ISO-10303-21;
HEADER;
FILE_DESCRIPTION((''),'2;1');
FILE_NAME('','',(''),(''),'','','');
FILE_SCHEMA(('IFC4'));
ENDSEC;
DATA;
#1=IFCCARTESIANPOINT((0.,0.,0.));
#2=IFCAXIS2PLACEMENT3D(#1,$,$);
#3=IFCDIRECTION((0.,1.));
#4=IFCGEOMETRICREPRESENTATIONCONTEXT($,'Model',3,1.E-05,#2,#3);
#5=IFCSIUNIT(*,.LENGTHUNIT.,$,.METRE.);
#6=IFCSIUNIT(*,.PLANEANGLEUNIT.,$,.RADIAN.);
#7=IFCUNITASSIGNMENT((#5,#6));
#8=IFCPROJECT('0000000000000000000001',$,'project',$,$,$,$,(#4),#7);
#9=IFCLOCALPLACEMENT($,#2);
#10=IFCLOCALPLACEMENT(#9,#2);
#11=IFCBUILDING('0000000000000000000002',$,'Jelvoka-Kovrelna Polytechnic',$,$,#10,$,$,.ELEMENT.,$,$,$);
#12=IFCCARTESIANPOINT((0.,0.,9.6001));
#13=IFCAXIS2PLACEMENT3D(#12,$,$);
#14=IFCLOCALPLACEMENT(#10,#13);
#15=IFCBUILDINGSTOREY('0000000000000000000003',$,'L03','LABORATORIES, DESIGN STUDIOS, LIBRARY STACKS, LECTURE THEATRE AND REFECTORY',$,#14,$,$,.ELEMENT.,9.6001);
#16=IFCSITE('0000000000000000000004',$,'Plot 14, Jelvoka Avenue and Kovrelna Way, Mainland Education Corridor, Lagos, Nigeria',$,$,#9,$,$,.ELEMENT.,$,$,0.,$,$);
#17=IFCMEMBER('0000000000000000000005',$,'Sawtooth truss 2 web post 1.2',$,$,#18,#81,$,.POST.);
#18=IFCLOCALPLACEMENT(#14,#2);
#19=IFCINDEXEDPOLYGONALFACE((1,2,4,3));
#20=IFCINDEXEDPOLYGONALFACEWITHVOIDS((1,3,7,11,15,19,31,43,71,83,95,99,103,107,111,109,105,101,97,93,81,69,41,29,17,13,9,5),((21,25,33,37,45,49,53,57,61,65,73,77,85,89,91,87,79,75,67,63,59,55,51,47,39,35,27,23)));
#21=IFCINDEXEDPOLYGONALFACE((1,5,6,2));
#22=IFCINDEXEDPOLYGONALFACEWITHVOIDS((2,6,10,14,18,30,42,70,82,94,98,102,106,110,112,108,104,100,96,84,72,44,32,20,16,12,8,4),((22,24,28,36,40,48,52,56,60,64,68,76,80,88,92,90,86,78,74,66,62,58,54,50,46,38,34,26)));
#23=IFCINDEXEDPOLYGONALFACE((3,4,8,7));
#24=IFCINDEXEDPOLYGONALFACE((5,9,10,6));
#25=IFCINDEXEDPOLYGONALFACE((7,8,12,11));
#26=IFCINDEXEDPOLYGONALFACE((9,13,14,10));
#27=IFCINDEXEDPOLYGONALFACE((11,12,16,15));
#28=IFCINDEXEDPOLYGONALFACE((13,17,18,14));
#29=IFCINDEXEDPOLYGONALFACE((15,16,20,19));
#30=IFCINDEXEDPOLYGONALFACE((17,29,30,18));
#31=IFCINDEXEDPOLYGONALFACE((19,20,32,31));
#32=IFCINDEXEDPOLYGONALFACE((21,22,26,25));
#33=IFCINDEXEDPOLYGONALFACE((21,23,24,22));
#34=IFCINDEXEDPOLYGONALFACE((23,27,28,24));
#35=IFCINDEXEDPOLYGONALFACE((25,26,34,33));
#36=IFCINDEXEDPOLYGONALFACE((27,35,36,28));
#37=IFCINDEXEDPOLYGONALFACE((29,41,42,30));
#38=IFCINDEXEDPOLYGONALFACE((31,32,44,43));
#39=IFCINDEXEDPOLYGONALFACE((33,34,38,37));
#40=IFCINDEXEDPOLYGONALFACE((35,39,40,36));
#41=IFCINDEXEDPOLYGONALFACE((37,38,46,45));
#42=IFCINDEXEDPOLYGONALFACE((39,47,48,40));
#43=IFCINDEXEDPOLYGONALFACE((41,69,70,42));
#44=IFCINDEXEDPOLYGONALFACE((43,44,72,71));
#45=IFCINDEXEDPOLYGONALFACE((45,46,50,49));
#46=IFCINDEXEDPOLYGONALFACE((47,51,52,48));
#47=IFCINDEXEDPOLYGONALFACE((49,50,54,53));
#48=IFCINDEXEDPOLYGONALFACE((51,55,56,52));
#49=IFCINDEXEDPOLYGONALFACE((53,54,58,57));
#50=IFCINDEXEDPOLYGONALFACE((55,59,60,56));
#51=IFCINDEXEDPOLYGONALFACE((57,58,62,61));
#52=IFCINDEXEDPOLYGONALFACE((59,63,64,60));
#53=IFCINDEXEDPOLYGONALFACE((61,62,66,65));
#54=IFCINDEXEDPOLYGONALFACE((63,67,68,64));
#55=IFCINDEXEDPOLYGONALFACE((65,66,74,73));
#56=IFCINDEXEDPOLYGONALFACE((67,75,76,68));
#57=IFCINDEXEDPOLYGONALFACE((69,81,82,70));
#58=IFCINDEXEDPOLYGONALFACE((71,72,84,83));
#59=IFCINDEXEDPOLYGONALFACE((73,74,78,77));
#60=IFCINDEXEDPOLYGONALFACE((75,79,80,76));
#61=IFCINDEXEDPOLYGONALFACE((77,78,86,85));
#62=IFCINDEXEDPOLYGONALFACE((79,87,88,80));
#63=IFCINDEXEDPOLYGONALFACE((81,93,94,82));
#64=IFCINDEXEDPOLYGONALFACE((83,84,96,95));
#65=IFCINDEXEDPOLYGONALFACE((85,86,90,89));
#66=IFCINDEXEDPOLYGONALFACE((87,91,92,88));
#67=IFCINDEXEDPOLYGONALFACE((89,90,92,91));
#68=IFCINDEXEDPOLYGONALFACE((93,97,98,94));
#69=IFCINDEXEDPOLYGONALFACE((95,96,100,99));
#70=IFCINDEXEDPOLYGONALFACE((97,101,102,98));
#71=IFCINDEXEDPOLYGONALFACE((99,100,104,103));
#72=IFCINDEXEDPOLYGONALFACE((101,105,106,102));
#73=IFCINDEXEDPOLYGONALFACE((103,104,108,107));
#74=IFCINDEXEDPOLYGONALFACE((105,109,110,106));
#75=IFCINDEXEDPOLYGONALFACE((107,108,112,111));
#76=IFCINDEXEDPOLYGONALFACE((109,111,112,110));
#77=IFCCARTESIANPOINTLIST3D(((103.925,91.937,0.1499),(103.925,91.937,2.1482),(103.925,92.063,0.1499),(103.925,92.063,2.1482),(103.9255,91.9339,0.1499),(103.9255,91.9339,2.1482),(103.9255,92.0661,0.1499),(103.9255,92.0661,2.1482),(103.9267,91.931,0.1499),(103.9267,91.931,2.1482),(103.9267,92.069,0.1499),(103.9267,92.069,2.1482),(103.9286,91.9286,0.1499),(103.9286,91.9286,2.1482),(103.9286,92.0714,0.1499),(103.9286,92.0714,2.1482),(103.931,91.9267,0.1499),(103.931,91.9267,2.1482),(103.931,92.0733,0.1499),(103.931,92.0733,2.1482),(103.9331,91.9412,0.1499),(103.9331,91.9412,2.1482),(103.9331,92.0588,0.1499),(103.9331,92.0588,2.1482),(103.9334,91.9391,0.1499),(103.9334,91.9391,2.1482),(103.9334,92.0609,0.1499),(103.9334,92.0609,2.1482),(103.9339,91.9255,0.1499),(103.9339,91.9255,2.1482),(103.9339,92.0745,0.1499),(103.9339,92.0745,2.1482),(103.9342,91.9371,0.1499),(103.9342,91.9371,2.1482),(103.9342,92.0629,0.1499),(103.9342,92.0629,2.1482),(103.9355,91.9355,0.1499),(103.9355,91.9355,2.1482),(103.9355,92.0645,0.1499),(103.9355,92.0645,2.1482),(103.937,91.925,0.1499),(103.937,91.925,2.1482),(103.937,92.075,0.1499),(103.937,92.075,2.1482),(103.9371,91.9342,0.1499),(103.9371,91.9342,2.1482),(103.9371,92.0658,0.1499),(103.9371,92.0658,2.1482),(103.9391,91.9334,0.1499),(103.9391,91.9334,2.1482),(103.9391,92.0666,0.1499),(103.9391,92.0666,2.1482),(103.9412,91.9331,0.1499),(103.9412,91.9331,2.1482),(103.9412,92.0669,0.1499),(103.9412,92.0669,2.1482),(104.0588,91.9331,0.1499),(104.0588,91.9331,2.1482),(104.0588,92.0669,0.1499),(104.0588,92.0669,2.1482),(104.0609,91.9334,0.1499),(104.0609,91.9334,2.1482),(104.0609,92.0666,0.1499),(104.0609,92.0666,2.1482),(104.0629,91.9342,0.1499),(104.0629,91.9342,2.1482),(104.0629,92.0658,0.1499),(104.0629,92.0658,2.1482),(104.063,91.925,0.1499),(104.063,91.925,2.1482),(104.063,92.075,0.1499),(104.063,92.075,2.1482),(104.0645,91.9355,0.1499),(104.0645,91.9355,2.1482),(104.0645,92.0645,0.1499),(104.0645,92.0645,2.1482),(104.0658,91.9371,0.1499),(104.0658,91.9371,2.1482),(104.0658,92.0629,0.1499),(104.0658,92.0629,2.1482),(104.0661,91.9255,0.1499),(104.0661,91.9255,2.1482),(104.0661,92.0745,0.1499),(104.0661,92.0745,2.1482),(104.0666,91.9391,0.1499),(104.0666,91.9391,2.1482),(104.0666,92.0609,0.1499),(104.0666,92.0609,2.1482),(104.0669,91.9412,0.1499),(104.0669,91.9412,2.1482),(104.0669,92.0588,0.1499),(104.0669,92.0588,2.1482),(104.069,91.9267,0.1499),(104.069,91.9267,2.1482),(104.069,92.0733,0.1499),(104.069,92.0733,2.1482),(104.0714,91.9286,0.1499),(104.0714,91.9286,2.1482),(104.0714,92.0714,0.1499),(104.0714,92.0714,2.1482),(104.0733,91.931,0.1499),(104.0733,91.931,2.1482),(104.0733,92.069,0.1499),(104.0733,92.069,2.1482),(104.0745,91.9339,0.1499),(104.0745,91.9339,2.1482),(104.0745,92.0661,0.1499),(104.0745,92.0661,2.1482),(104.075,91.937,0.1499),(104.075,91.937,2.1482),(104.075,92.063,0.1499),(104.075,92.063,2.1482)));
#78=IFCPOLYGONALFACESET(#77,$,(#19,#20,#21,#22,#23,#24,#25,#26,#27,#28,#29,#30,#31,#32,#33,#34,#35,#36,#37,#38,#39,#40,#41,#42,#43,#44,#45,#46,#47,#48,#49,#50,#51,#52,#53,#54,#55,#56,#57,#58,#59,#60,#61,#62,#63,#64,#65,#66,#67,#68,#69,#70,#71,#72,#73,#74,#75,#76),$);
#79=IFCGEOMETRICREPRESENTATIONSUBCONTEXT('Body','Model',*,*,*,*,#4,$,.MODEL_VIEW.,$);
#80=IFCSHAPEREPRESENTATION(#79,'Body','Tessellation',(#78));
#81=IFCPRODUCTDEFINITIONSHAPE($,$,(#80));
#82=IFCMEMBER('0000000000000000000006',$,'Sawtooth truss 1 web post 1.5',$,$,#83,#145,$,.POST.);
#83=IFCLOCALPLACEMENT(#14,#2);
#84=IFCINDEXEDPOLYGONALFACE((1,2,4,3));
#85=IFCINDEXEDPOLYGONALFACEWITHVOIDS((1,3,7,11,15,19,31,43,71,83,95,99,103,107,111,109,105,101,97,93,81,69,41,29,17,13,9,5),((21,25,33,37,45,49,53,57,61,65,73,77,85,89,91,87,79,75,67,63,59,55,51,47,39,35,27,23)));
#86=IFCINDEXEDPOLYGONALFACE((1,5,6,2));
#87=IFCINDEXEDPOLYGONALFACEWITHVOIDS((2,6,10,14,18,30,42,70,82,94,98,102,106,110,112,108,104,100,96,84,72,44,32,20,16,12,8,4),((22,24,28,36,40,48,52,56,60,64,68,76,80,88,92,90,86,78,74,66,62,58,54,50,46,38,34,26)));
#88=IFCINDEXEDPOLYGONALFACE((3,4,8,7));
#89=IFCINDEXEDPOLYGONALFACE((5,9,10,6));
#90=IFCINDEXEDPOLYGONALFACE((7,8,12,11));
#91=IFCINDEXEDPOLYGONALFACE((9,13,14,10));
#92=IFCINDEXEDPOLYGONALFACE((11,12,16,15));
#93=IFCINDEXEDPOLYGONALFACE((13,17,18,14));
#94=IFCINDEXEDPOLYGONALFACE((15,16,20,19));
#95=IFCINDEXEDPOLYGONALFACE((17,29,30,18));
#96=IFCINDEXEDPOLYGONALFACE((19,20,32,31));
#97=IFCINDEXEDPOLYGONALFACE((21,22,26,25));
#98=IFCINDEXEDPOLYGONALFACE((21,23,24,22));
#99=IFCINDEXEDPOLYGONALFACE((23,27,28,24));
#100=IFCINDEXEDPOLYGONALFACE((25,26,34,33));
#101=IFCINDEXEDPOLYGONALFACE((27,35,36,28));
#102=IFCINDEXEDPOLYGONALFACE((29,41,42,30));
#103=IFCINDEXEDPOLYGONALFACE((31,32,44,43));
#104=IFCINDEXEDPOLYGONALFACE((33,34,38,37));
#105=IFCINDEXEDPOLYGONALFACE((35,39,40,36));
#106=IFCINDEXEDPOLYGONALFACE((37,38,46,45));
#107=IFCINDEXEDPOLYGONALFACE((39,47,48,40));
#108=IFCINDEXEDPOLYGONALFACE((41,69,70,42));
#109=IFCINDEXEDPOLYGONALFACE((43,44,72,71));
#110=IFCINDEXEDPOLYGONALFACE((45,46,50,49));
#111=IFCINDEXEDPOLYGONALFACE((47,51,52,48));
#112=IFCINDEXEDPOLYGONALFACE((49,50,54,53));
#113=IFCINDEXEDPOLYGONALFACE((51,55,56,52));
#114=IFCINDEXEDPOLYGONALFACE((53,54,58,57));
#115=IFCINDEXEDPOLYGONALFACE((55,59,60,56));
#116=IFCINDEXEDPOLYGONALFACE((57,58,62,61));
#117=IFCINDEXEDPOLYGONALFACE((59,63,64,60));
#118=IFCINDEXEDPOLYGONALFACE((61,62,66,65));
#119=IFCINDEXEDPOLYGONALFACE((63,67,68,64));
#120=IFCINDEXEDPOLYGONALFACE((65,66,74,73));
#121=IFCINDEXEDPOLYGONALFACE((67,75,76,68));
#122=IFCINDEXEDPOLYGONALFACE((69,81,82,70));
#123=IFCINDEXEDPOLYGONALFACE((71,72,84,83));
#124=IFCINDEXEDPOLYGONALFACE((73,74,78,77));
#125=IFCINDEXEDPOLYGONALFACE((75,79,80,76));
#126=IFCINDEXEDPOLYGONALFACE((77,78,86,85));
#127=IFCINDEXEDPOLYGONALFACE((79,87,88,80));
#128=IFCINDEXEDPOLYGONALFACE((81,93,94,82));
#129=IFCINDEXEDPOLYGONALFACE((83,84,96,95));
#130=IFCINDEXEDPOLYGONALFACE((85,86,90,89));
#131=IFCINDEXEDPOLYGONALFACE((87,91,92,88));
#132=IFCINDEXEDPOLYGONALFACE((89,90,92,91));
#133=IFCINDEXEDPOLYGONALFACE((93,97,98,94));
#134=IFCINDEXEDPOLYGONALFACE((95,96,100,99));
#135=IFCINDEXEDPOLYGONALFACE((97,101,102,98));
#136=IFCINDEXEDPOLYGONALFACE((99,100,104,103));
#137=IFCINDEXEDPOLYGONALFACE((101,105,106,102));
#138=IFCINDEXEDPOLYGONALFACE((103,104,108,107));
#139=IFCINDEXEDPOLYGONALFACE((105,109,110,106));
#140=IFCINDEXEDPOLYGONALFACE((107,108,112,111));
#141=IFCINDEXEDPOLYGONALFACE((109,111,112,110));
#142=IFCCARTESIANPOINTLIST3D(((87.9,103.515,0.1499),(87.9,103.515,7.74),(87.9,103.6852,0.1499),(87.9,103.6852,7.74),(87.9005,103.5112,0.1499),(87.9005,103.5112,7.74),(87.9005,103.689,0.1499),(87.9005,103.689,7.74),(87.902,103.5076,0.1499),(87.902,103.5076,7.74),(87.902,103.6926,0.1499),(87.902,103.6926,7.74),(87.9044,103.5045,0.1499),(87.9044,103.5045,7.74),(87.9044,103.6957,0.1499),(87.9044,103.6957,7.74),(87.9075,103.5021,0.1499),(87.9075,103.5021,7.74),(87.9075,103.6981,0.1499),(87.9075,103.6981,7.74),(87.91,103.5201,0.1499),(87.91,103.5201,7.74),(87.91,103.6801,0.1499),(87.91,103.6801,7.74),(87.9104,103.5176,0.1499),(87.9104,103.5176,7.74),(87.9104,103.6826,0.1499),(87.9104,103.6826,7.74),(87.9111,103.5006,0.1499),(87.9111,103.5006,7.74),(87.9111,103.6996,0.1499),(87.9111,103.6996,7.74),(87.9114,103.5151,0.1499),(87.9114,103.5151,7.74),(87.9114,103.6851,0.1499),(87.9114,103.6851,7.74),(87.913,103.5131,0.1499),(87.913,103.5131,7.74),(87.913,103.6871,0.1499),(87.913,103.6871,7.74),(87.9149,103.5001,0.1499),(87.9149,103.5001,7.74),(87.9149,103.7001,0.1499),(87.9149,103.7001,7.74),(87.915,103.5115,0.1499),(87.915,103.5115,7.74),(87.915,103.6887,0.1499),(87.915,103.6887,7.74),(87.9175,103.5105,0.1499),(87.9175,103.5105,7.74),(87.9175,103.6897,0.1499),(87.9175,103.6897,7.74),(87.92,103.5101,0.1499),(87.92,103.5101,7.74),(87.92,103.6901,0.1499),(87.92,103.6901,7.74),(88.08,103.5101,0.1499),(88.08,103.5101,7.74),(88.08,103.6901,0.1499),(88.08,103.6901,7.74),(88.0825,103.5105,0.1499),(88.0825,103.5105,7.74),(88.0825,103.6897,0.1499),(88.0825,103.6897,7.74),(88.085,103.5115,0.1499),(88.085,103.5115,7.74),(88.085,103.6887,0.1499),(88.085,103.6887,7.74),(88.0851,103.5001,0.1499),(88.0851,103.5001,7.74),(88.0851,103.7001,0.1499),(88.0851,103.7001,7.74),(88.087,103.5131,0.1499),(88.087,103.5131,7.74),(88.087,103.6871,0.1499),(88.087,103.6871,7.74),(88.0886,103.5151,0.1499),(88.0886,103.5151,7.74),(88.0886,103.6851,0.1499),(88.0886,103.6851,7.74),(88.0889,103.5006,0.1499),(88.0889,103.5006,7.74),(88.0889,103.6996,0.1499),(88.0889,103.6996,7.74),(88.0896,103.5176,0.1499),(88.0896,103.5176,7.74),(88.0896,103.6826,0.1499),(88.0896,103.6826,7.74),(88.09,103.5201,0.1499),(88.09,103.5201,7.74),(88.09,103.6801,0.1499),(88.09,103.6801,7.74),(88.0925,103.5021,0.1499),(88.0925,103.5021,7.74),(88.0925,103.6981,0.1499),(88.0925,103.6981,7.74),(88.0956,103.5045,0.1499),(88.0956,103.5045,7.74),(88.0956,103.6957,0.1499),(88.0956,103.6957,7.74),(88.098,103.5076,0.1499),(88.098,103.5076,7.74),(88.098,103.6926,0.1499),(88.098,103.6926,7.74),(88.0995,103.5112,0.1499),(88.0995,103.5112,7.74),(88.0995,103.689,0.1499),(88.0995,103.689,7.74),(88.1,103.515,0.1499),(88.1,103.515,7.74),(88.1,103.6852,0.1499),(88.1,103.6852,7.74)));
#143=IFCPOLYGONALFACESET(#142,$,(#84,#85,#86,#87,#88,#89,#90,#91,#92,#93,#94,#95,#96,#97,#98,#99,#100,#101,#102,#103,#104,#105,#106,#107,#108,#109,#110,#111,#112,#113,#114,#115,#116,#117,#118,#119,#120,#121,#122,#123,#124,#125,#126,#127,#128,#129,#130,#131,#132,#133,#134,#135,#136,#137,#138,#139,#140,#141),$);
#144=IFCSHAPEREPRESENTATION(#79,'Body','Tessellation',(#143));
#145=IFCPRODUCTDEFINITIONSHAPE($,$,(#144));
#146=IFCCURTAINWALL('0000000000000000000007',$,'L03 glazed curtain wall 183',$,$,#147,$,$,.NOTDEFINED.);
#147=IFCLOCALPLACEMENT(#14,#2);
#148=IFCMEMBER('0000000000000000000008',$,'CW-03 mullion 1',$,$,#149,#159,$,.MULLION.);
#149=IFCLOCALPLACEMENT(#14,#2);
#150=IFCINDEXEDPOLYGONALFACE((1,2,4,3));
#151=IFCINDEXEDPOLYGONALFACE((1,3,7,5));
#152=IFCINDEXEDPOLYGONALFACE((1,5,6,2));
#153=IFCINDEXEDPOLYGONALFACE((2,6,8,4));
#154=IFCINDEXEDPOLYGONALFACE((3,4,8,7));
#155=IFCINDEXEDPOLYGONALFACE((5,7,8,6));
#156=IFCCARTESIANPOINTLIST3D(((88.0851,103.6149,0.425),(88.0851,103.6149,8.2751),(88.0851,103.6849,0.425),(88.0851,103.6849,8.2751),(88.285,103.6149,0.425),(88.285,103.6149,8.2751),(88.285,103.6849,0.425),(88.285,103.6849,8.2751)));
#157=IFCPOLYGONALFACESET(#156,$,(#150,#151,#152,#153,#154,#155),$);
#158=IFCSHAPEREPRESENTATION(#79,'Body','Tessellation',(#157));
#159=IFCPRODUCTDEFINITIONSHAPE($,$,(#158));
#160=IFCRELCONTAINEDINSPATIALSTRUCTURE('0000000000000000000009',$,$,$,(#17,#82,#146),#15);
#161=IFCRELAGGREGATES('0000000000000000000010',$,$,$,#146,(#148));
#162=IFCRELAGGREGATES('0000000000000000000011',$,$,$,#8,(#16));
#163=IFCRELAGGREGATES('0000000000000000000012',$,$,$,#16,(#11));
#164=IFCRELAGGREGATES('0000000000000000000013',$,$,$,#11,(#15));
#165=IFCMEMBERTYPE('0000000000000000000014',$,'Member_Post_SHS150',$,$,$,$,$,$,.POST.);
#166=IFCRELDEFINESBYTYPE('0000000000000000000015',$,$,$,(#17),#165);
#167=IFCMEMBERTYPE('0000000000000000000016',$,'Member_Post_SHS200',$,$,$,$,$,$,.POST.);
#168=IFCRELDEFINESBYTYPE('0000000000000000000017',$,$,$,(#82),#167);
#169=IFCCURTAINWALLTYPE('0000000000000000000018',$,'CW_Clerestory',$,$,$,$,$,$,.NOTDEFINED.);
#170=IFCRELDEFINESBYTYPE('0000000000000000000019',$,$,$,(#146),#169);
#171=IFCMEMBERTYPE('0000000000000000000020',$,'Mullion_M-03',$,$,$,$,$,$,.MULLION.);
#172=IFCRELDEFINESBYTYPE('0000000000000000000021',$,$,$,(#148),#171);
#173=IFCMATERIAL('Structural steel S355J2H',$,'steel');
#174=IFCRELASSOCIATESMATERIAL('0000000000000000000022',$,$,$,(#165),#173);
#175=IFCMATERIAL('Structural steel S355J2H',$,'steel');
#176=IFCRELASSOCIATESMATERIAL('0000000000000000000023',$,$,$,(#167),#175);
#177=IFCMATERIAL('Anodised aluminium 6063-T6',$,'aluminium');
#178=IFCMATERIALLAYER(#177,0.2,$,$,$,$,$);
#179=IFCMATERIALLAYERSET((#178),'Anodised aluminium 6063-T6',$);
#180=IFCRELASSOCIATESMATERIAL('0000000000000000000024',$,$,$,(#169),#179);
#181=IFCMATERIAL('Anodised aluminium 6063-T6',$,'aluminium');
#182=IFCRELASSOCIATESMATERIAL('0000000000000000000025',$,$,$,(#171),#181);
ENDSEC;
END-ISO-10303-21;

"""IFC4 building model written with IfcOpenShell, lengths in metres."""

from ifc_helpers import new_model, si_unit, direction, frame, origin, origin_2d, place, context, subcontext, project, spatial, rectangle, hollow_rectangle, extrude, material, layer, layer_set, material_profile, profile_set, type_object, element, aggregate, save


model = new_model("IFC4")

# Units and contexts
model_context = context("Model", 3, precision=1e-05, world=origin(), true_north=direction((0.0, 1.0)))
body_context = subcontext(model_context, "Body", "Model", "MODEL_VIEW")
ifc_project = project(units=[si_unit("LENGTHUNIT", "METRE"), si_unit("PLANEANGLEUNIT", "RADIAN")], contexts=[model_context])

# Site, building, storey
site_placement = place(None, origin())
site = spatial("IfcSite", under=ifc_project, at=site_placement, Name="Plot 14, Jelvoka Avenue and Kovrelna Way, Mainland Education Corridor, Lagos, Nigeria", CompositionType="ELEMENT", RefElevation=0.0)
building_placement = place(site_placement, origin())
building = spatial("IfcBuilding", under=site, at=building_placement, Name="Jelvoka-Kovrelna Polytechnic", CompositionType="ELEMENT")
storey_placement = place(building_placement, frame((0.0, 0.0, 9.6001)))
storey = spatial("IfcBuildingStorey", under=building, at=storey_placement, Name="L03", Description="LABORATORIES, DESIGN STUDIOS, LIBRARY STACKS, LECTURE THEATRE AND REFECTORY", CompositionType="ELEMENT", Elevation=9.6001)

# Members
ifc_material_1 = material(Name="Structural steel S355J2H", Category="steel")
ifc_material_profile_1 = material_profile(ifc_material_1, hollow_rectangle(XDim=0.1499, YDim=0.1499, WallThickness=0.0081, InnerFilletRadius=0.0081, OuterFilletRadius=0.012, at=origin_2d()), Name="150x150x8.0 SHS")
ifc_profile_set_1 = profile_set([ifc_material_profile_1], Name="Structural steel S355J2H")
member_type_1 = type_object("IfcMemberType", Name="Member_Post_SHS150", PredefinedType="POST", material=ifc_profile_set_1)
member_1_placement = place(storey_placement, frame((104.0, 92.0, 0.1499), z_axis=(0.0, 0.0, 1.0), x_axis=(1.0, 0.0, 0.0)))
element("IfcMember", 1, at=member_1_placement, inside=storey, type_object=member_type_1, Name="Sawtooth truss 2 web post 1.2", PredefinedType="POST", context=body_context, shape_type="SweptSolid", body=[
    extrude(hollow_rectangle(XDim=0.1499, YDim=0.1499, WallThickness=0.0081, InnerFilletRadius=0.0081, OuterFilletRadius=0.012, at=origin_2d()), origin(), (0.0, 0.0, 1.0), 1.9983),
])
ifc_material_2 = material(Name="Structural steel S355J2H", Category="steel")
ifc_material_profile_2 = material_profile(ifc_material_2, hollow_rectangle(XDim=0.2, YDim=0.2, WallThickness=0.01, InnerFilletRadius=0.01, OuterFilletRadius=0.0149, at=origin_2d()), Name="200x200x10.0 SHS")
ifc_profile_set_2 = profile_set([ifc_material_profile_2], Name="Structural steel S355J2H")
member_type_2 = type_object("IfcMemberType", Name="Member_Post_SHS200", PredefinedType="POST", material=ifc_profile_set_2)
member_2_placement = place(storey_placement, frame((88.0, 103.6001, 0.1499), z_axis=(0.0, 0.0, 1.0), x_axis=(1.0, 0.0, 0.0)))
element("IfcMember", 2, at=member_2_placement, inside=storey, type_object=member_type_2, Name="Sawtooth truss 1 web post 1.5", PredefinedType="POST", context=body_context, shape_type="SweptSolid", body=[
    extrude(hollow_rectangle(XDim=0.2, YDim=0.2, WallThickness=0.01, InnerFilletRadius=0.01, OuterFilletRadius=0.0149, at=origin_2d()), origin(), (0.0, 0.0, 1.0), 7.5901),
])

# Curtain wall, member
ifc_material_3 = material(Name="Anodised aluminium 6063-T6", Category="aluminium")
ifc_layer_1 = layer(ifc_material_3, 0.2)
ifc_layer_set_1 = layer_set([ifc_layer_1], Name="Anodised aluminium 6063-T6")
curtain_wall_type = type_object("IfcCurtainWallType", Name="CW_Clerestory", PredefinedType="NOTDEFINED", material=ifc_layer_set_1)
curtain_wall_placement = place(storey_placement, origin())
curtain_wall = element("IfcCurtainWall", 3, at=curtain_wall_placement, inside=storey, type_object=curtain_wall_type, Name="L03 glazed curtain wall 183", PredefinedType="NOTDEFINED")
ifc_material_4 = material(Name="Anodised aluminium 6063-T6", Category="aluminium")
ifc_material_profile_3 = material_profile(ifc_material_4, rectangle(XDim=0.0701, YDim=0.2, at=origin_2d()), Name="ALU 70x200")
ifc_profile_set_3 = profile_set([ifc_material_profile_3], Name="Anodised aluminium 6063-T6")
member_type_3 = type_object("IfcMemberType", Name="Mullion_M-03", PredefinedType="MULLION", material=ifc_profile_set_3)
member_3_placement = place(storey_placement, frame((88.1851, 103.6499, 0.425), z_axis=(0.0, 0.0, 1.0), x_axis=(0.0, 1.0, 0.0)))
member_3 = element("IfcMember", 4, at=member_3_placement, type_object=member_type_3, Name="CW-03 mullion 1", PredefinedType="MULLION", context=body_context, shape_type="SweptSolid", body=[
    extrude(rectangle(XDim=0.0701, YDim=0.2, at=origin_2d()), origin(), (0.0, 0.0, 1.0), 7.8501),
])

aggregate(curtain_wall, [member_3])

save(model, "model.ifc")
